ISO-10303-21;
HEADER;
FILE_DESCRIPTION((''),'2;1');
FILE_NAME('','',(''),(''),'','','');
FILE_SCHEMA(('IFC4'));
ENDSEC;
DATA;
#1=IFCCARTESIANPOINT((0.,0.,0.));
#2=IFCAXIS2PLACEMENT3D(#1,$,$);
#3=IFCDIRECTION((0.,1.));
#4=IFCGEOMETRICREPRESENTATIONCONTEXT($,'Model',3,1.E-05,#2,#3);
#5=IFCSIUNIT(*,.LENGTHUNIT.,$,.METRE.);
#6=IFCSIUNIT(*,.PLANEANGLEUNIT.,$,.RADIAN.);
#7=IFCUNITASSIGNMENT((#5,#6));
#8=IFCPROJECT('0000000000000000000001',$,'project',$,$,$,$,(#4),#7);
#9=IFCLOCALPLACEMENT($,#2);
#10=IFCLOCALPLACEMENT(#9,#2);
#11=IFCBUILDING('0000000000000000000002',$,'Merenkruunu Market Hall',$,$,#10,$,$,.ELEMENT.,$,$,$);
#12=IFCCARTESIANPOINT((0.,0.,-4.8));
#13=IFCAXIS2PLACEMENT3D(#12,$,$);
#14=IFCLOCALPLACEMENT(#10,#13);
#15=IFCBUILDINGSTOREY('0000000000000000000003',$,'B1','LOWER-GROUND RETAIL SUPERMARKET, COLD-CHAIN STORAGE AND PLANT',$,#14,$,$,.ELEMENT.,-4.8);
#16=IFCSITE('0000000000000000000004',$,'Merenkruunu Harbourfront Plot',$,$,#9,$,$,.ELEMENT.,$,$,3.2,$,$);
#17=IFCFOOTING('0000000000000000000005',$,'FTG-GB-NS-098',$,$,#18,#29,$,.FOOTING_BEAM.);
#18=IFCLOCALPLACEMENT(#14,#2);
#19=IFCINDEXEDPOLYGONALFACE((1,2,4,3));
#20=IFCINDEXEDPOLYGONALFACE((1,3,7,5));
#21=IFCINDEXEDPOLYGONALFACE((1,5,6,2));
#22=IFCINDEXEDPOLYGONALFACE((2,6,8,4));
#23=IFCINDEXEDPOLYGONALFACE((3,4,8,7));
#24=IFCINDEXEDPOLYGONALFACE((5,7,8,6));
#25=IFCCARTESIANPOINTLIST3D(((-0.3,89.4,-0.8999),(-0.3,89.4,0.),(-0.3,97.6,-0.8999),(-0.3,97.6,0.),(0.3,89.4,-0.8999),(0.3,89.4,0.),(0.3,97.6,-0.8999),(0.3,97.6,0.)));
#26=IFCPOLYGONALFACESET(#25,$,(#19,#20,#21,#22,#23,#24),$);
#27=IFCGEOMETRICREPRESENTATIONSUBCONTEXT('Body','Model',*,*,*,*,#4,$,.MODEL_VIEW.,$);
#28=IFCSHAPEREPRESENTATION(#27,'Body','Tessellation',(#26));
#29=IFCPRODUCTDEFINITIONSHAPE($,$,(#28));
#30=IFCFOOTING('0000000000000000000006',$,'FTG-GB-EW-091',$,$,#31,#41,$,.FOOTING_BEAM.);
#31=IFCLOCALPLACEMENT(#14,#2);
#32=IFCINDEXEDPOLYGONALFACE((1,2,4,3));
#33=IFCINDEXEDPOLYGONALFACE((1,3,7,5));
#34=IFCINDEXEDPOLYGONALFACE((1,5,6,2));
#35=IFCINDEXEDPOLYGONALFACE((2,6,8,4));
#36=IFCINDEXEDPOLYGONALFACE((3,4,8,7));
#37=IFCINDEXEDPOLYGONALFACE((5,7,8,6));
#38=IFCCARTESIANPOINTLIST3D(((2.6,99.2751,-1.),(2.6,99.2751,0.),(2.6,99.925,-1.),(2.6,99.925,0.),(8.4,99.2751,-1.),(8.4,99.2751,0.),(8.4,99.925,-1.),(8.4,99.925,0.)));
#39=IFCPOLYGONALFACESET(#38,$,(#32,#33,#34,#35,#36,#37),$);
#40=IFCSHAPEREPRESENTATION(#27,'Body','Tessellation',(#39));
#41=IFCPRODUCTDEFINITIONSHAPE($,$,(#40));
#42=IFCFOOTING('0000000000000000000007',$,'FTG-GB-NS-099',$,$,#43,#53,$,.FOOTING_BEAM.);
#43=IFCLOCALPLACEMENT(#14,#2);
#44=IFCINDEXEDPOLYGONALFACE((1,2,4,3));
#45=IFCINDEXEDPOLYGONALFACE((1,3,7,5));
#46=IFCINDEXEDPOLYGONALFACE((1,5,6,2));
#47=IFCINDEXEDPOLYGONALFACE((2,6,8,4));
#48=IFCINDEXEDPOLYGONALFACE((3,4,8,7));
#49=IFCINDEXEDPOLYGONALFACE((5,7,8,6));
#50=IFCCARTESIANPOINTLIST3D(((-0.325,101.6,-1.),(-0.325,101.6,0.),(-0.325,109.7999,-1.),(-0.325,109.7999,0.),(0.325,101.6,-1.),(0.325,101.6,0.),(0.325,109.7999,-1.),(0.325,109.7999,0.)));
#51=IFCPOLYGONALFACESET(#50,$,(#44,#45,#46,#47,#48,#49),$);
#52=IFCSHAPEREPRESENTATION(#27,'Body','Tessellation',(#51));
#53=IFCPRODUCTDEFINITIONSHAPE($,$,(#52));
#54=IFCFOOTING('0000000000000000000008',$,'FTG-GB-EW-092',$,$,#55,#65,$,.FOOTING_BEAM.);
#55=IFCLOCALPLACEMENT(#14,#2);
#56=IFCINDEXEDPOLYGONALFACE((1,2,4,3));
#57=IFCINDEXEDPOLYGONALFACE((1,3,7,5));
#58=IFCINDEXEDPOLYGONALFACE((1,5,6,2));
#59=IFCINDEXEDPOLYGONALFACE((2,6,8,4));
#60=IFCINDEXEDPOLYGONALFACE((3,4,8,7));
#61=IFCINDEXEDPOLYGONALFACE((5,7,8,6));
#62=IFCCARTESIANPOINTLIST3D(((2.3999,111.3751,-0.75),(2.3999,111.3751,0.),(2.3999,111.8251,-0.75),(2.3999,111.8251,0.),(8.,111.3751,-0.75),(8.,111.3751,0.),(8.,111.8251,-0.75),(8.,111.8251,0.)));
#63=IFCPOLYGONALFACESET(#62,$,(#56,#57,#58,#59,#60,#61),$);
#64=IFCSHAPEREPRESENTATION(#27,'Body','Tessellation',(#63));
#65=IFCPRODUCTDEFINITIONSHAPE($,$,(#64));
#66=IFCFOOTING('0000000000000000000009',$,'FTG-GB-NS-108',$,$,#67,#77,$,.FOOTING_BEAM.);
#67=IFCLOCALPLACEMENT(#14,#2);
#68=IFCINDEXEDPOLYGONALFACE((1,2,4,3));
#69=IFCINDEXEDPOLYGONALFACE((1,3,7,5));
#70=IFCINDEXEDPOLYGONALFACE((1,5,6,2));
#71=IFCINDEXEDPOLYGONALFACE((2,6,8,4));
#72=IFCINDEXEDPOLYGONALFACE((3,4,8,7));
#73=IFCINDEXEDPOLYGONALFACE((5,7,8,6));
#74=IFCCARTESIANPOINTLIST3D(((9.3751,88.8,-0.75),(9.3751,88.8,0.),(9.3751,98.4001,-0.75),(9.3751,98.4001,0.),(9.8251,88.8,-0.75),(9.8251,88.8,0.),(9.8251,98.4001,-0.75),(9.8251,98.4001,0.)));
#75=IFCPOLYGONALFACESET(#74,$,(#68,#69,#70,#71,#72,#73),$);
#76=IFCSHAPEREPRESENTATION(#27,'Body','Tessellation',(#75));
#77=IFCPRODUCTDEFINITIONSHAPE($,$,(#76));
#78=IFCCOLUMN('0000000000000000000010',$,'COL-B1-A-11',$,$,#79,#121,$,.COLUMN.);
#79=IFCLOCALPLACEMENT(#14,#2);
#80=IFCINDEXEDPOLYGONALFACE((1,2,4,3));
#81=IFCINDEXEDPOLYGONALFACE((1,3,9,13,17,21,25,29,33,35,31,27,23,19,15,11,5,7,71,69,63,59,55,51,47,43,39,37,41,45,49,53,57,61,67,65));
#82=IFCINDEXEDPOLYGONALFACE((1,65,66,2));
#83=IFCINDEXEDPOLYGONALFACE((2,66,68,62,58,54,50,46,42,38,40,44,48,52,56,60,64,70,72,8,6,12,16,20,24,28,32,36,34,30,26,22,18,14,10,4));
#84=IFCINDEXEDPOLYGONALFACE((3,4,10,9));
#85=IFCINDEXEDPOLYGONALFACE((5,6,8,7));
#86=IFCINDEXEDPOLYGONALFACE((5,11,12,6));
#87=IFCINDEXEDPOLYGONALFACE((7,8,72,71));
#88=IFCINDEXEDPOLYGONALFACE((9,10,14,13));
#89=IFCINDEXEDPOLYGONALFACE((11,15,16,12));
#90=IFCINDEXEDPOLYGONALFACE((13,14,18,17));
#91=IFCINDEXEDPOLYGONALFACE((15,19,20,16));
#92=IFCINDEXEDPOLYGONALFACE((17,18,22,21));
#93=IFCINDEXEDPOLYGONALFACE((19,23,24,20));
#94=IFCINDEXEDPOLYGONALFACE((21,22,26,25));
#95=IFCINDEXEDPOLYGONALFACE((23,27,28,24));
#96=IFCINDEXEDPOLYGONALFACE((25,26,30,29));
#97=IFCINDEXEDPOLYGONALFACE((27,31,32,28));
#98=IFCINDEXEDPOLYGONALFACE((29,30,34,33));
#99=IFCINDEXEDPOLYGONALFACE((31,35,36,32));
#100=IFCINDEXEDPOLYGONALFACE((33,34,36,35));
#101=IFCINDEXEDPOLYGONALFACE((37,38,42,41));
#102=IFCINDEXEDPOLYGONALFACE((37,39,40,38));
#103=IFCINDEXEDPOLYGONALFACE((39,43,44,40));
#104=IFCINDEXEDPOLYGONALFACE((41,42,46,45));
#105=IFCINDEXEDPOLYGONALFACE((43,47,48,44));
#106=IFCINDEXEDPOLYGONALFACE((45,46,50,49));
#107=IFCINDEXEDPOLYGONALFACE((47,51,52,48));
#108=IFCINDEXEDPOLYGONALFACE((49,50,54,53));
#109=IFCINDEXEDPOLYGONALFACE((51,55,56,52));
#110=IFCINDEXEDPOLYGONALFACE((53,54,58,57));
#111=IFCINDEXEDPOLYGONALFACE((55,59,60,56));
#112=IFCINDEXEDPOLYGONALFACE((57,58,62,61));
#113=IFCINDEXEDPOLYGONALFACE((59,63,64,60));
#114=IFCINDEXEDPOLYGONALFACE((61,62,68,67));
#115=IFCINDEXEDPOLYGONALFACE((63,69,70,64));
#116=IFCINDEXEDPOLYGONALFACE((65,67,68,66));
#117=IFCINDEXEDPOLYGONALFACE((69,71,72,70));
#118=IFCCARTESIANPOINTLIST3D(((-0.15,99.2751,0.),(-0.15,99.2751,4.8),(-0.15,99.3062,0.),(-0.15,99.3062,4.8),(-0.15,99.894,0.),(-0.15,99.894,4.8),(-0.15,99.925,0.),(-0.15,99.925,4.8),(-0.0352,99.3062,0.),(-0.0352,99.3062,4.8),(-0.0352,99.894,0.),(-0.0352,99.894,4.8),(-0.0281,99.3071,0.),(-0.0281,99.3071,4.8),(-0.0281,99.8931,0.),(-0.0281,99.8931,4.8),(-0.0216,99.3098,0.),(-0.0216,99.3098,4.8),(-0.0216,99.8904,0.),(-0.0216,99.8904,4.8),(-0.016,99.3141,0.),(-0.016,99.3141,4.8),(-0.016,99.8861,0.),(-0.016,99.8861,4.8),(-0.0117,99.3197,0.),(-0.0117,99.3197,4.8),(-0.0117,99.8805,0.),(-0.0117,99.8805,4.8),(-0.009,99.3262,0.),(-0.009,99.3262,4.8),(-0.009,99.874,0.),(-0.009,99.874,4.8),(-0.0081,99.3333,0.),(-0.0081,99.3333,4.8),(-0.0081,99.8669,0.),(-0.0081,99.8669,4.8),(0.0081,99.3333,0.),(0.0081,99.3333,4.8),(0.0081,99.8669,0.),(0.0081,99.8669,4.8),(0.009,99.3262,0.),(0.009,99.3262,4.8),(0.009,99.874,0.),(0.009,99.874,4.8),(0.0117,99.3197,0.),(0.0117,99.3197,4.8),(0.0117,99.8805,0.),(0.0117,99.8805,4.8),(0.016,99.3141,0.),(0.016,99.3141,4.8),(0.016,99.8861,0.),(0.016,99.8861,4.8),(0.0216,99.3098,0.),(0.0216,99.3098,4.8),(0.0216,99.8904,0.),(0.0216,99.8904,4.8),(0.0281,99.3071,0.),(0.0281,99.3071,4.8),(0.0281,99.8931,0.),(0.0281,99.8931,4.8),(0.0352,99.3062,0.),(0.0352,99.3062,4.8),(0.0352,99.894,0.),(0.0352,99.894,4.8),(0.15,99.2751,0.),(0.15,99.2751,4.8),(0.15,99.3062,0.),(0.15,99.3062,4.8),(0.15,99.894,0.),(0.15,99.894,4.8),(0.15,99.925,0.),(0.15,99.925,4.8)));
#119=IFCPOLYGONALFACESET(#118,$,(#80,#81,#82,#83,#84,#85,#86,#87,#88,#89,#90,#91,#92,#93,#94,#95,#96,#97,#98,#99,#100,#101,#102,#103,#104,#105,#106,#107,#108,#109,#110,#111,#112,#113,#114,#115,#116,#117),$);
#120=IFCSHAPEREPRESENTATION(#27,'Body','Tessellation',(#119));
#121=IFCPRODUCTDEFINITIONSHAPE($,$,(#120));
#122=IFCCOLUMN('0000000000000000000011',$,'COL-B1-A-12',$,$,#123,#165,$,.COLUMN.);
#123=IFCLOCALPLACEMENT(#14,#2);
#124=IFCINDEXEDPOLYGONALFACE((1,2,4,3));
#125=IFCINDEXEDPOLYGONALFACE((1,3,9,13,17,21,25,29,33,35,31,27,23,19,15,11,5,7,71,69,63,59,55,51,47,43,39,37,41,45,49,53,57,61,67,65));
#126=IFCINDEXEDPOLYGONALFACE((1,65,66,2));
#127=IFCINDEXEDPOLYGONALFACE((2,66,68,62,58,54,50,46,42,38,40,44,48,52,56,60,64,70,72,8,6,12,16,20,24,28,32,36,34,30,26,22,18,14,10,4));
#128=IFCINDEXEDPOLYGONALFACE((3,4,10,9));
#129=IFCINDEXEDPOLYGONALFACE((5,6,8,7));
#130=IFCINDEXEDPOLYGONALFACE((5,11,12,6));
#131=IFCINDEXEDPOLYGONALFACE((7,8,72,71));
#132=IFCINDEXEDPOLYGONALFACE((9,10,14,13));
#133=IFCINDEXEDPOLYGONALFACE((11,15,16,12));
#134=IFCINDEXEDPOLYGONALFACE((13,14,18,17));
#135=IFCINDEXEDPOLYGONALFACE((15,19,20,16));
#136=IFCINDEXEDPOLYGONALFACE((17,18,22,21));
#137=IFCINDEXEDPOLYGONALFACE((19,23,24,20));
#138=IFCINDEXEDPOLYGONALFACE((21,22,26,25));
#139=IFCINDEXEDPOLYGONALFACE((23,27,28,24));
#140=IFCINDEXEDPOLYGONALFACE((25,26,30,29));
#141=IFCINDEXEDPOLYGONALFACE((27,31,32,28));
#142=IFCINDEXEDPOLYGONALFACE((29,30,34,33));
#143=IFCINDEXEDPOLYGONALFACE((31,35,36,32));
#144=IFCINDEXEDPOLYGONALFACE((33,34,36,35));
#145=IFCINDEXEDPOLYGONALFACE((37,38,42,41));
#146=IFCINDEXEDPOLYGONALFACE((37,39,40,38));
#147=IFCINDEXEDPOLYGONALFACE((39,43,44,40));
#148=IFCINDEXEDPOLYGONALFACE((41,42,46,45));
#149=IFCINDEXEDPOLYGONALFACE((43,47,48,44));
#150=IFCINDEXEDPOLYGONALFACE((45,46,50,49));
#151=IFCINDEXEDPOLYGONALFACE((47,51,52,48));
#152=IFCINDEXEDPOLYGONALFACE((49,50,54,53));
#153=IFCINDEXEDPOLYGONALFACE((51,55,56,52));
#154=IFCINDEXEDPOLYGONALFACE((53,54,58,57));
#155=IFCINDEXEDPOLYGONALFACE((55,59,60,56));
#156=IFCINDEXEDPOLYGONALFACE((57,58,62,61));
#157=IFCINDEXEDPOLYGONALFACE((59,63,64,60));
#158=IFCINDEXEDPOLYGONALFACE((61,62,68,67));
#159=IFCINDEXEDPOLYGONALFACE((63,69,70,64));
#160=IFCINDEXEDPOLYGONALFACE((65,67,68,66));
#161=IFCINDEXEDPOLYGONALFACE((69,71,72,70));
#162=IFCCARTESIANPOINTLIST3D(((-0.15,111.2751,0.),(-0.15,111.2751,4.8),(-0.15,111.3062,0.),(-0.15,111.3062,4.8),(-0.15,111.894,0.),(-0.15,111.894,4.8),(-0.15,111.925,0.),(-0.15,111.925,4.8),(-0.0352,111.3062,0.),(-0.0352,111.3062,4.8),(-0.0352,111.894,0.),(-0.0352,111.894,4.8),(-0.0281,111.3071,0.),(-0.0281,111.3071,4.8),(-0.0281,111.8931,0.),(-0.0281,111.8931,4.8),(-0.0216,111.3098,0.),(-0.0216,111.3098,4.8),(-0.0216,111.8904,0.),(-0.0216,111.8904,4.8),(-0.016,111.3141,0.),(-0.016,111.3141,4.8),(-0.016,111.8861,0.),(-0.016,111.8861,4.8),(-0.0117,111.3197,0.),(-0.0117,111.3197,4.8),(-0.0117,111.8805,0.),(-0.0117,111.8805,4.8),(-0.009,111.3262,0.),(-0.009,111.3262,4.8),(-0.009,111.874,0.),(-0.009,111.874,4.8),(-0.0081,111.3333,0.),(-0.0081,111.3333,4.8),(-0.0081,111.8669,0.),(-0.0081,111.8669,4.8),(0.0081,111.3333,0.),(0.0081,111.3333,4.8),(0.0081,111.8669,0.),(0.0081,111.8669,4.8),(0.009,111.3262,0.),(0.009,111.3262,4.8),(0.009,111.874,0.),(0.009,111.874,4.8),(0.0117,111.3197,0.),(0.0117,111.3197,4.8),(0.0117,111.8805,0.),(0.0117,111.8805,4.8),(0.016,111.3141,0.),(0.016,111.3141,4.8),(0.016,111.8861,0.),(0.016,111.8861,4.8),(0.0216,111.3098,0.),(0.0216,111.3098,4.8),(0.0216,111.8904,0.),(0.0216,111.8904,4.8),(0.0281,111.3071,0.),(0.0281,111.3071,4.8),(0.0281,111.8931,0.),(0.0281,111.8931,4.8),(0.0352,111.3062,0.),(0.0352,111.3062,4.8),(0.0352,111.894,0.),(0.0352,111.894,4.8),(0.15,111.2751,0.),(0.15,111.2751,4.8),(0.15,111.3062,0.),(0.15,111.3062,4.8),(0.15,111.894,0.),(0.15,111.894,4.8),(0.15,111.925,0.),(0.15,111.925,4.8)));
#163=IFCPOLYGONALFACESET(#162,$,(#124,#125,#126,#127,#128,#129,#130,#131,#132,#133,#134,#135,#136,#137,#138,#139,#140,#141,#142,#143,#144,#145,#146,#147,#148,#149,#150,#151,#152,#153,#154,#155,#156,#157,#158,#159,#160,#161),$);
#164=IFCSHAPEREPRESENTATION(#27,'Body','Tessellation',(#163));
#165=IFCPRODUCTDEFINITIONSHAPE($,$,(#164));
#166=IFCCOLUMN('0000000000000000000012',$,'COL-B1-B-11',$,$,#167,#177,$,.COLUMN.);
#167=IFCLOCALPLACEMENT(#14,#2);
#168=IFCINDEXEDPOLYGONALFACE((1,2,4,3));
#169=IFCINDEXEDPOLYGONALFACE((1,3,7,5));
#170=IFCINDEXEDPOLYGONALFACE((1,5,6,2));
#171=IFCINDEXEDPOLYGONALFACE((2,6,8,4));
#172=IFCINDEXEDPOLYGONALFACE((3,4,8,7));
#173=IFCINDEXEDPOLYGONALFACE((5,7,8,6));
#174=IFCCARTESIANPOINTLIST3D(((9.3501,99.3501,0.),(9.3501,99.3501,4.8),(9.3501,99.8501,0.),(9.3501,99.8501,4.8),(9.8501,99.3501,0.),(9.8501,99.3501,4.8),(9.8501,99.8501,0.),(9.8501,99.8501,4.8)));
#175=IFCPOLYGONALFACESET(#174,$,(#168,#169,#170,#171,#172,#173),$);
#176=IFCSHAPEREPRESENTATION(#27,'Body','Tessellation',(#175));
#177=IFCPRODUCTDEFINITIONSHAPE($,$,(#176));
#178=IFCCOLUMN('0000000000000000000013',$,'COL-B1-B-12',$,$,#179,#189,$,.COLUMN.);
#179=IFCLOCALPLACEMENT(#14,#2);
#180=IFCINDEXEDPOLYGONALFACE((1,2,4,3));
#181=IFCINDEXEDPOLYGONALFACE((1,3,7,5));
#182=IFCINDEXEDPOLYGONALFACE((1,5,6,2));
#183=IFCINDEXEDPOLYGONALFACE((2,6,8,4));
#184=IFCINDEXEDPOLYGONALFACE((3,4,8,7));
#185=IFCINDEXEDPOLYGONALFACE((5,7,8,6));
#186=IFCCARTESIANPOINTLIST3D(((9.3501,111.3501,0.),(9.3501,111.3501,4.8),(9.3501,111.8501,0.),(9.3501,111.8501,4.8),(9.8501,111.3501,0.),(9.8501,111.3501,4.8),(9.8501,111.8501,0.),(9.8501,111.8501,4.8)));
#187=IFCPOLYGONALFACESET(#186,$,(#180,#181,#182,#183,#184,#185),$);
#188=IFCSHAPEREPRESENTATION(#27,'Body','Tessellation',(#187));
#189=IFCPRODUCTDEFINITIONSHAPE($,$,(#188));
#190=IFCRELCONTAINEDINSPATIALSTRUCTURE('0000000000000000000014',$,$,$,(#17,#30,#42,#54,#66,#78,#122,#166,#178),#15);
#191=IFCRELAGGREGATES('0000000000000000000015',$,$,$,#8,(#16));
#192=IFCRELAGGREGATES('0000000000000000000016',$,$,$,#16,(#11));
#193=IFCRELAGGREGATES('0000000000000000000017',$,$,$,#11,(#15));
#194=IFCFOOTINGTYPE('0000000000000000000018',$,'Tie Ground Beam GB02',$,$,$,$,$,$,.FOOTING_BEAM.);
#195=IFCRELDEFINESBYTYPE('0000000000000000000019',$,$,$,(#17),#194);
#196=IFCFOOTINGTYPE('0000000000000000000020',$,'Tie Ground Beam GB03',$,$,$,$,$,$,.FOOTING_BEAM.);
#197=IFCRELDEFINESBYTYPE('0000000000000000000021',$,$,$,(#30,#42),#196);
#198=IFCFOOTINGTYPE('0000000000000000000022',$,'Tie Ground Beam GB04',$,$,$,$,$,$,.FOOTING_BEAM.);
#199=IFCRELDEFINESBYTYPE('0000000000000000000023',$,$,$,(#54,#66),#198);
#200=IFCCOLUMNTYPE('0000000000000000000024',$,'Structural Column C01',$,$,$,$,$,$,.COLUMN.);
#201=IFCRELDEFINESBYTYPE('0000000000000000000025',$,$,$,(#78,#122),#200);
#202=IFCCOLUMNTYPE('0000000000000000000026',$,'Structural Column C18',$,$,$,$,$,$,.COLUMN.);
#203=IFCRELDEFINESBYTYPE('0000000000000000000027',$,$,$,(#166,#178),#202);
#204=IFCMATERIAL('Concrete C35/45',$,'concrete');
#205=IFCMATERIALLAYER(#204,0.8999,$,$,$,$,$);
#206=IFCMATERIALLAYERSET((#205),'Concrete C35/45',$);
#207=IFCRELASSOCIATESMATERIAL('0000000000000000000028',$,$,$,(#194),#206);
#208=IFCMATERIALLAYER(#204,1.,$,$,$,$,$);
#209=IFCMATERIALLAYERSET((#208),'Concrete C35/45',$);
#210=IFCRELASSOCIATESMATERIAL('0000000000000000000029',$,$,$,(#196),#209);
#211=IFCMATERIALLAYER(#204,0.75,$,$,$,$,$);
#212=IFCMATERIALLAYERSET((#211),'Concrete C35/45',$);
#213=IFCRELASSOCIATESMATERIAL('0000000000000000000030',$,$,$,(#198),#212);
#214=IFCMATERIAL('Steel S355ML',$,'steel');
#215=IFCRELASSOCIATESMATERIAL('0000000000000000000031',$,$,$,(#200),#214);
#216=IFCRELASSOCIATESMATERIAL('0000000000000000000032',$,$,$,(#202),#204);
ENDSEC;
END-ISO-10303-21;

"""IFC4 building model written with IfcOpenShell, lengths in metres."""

from ifc_helpers import new_model, si_unit, direction, frame, origin, origin_2d, place, context, subcontext, project, spatial, rectangle, i_section, extrude, material, layer, layer_set, material_profile, profile_set, type_object, element, save


model = new_model("IFC4")

# Units and contexts
model_context = context("Model", 3, precision=1e-05, world=origin(), true_north=direction((0.0, 1.0)))
body_context = subcontext(model_context, "Body", "Model", "MODEL_VIEW")
ifc_project = project(units=[si_unit("LENGTHUNIT", "METRE"), si_unit("PLANEANGLEUNIT", "RADIAN")], contexts=[model_context])

# Site, building, storey
site_placement = place(None, origin())
site = spatial("IfcSite", under=ifc_project, at=site_placement, Name="Merenkruunu Harbourfront Plot", CompositionType="ELEMENT", RefElevation=3.2)
building_placement = place(site_placement, origin())
building = spatial("IfcBuilding", under=site, at=building_placement, Name="Merenkruunu Market Hall", CompositionType="ELEMENT")
storey_placement = place(building_placement, frame((0.0, 0.0, -4.8)))
storey = spatial("IfcBuildingStorey", under=building, at=storey_placement, Name="B1", Description="LOWER-GROUND RETAIL SUPERMARKET, COLD-CHAIN STORAGE AND PLANT", CompositionType="ELEMENT", Elevation=-4.8)

# Shared definitions
ifc_material_1 = material(Name="Concrete C35/45", Category="concrete")

# Footings
ifc_layer_1 = layer(ifc_material_1, 0.8999)
ifc_layer_set_1 = layer_set([ifc_layer_1], Name="Concrete C35/45")
footing_type_1 = type_object("IfcFootingType", Name="Tie Ground Beam GB02", PredefinedType="FOOTING_BEAM", material=ifc_layer_set_1)
footing_1_placement = place(storey_placement, frame((0.0, 93.5, -0.8999), z_axis=(0.0, 0.0, 1.0), x_axis=(0.0, 1.0, 0.0)))
element("IfcFooting", 1, at=footing_1_placement, inside=storey, type_object=footing_type_1, Name="FTG-GB-NS-098", PredefinedType="FOOTING_BEAM", context=body_context, shape_type="SweptSolid", body=[
    extrude(rectangle(XDim=8.2, YDim=0.6001, at=origin_2d()), origin(), (0.0, 0.0, 1.0), 0.8999),
])
ifc_layer_2 = layer(ifc_material_1, 1.0)
ifc_layer_set_2 = layer_set([ifc_layer_2], Name="Concrete C35/45")
footing_type_2 = type_object("IfcFootingType", Name="Tie Ground Beam GB03", PredefinedType="FOOTING_BEAM", material=ifc_layer_set_2)
footing_2_placement = place(storey_placement, frame((5.5, 99.6001, -1.0), z_axis=(0.0, 0.0, 1.0), x_axis=(1.0, 0.0, 0.0)))
element("IfcFooting", 2, at=footing_2_placement, inside=storey, type_object=footing_type_2, Name="FTG-GB-EW-091", PredefinedType="FOOTING_BEAM", context=body_context, shape_type="SweptSolid", body=[
    extrude(rectangle(XDim=5.8, YDim=0.6499, at=origin_2d()), origin(), (0.0, 0.0, 1.0), 1.0),
])
footing_3_placement = place(storey_placement, frame((0.0, 105.7, -1.0), z_axis=(0.0, 0.0, 1.0), x_axis=(0.0, 1.0, 0.0)))
element("IfcFooting", 3, at=footing_3_placement, inside=storey, type_object=footing_type_2, Name="FTG-GB-NS-099", PredefinedType="FOOTING_BEAM", context=body_context, shape_type="SweptSolid", body=[
    extrude(rectangle(XDim=8.2, YDim=0.6499, at=origin_2d()), origin(), (0.0, 0.0, 1.0), 1.0),
])
ifc_layer_3 = layer(ifc_material_1, 0.75)
ifc_layer_set_3 = layer_set([ifc_layer_3], Name="Concrete C35/45")
footing_type_3 = type_object("IfcFootingType", Name="Tie Ground Beam GB04", PredefinedType="FOOTING_BEAM", material=ifc_layer_set_3)
footing_4_placement = place(storey_placement, frame((5.2, 111.6001, -0.75), z_axis=(0.0, 0.0, 1.0), x_axis=(1.0, 0.0, 0.0)))
element("IfcFooting", 4, at=footing_4_placement, inside=storey, type_object=footing_type_3, Name="FTG-GB-EW-092", PredefinedType="FOOTING_BEAM", context=body_context, shape_type="SweptSolid", body=[
    extrude(rectangle(XDim=5.6001, YDim=0.45, at=origin_2d()), origin(), (0.0, 0.0, 1.0), 0.75),
])
footing_5_placement = place(storey_placement, frame((9.6001, 93.6001, -0.75), z_axis=(0.0, 0.0, 1.0), x_axis=(0.0, 1.0, 0.0)))
element("IfcFooting", 5, at=footing_5_placement, inside=storey, type_object=footing_type_3, Name="FTG-GB-NS-108", PredefinedType="FOOTING_BEAM", context=body_context, shape_type="SweptSolid", body=[
    extrude(rectangle(XDim=9.6001, YDim=0.45, at=origin_2d()), origin(), (0.0, 0.0, 1.0), 0.75),
])

# Columns
ifc_material_2 = material(Name="Steel S355ML", Category="steel")
ifc_material_profile_1 = material_profile(ifc_material_2, i_section(OverallWidth=0.3, OverallDepth=0.6499, WebThickness=0.0161, FlangeThickness=0.031, FilletRadius=0.0271, at=origin_2d()), Name="HEB 650")
ifc_profile_set_1 = profile_set([ifc_material_profile_1], Name="Steel S355ML")
column_type_1 = type_object("IfcColumnType", Name="Structural Column C01", PredefinedType="COLUMN", material=ifc_profile_set_1)
for number, where, z_axis, x_axis, name in (
    (6, (0.0, 99.6001, 0.0), (0.0, 0.0, 1.0), (1.0, 0.0, 0.0), "COL-B1-A-11"),
    (7, (0.0, 111.6001, 0.0), (0.0, 0.0, 1.0), (1.0, 0.0, 0.0), "COL-B1-A-12"),
):
    element("IfcColumn", number, at=place(storey_placement, frame(where, z_axis=z_axis, x_axis=x_axis)), inside=storey, type_object=column_type_1, Name=name, PredefinedType="COLUMN", context=body_context, shape_type="SweptSolid", body=[
        extrude(i_section(OverallWidth=0.3, OverallDepth=0.6499, WebThickness=0.0161, FlangeThickness=0.031, FilletRadius=0.0271, at=origin_2d()), origin(), (0.0, 0.0, 1.0), 4.8),
    ])
ifc_material_profile_2 = material_profile(ifc_material_1, rectangle(XDim=0.5, YDim=0.5, at=origin_2d()), Name="RC 500x500")
ifc_profile_set_2 = profile_set([ifc_material_profile_2], Name="Concrete C35/45")
column_type_2 = type_object("IfcColumnType", Name="Structural Column C18", PredefinedType="COLUMN", material=ifc_profile_set_2)
for number, where, z_axis, x_axis, name in (
    (8, (9.6001, 99.6001, 0.0), (0.0, 0.0, 1.0), (1.0, 0.0, 0.0), "COL-B1-B-11"),
    (9, (9.6001, 111.6001, 0.0), (0.0, 0.0, 1.0), (1.0, 0.0, 0.0), "COL-B1-B-12"),
):
    element("IfcColumn", number, at=place(storey_placement, frame(where, z_axis=z_axis, x_axis=x_axis)), inside=storey, type_object=column_type_2, Name=name, PredefinedType="COLUMN", context=body_context, shape_type="SweptSolid", body=[
        extrude(rectangle(XDim=0.5, YDim=0.5, at=origin_2d()), origin(), (0.0, 0.0, 1.0), 4.8),
    ])

save(model, "model.ifc")
